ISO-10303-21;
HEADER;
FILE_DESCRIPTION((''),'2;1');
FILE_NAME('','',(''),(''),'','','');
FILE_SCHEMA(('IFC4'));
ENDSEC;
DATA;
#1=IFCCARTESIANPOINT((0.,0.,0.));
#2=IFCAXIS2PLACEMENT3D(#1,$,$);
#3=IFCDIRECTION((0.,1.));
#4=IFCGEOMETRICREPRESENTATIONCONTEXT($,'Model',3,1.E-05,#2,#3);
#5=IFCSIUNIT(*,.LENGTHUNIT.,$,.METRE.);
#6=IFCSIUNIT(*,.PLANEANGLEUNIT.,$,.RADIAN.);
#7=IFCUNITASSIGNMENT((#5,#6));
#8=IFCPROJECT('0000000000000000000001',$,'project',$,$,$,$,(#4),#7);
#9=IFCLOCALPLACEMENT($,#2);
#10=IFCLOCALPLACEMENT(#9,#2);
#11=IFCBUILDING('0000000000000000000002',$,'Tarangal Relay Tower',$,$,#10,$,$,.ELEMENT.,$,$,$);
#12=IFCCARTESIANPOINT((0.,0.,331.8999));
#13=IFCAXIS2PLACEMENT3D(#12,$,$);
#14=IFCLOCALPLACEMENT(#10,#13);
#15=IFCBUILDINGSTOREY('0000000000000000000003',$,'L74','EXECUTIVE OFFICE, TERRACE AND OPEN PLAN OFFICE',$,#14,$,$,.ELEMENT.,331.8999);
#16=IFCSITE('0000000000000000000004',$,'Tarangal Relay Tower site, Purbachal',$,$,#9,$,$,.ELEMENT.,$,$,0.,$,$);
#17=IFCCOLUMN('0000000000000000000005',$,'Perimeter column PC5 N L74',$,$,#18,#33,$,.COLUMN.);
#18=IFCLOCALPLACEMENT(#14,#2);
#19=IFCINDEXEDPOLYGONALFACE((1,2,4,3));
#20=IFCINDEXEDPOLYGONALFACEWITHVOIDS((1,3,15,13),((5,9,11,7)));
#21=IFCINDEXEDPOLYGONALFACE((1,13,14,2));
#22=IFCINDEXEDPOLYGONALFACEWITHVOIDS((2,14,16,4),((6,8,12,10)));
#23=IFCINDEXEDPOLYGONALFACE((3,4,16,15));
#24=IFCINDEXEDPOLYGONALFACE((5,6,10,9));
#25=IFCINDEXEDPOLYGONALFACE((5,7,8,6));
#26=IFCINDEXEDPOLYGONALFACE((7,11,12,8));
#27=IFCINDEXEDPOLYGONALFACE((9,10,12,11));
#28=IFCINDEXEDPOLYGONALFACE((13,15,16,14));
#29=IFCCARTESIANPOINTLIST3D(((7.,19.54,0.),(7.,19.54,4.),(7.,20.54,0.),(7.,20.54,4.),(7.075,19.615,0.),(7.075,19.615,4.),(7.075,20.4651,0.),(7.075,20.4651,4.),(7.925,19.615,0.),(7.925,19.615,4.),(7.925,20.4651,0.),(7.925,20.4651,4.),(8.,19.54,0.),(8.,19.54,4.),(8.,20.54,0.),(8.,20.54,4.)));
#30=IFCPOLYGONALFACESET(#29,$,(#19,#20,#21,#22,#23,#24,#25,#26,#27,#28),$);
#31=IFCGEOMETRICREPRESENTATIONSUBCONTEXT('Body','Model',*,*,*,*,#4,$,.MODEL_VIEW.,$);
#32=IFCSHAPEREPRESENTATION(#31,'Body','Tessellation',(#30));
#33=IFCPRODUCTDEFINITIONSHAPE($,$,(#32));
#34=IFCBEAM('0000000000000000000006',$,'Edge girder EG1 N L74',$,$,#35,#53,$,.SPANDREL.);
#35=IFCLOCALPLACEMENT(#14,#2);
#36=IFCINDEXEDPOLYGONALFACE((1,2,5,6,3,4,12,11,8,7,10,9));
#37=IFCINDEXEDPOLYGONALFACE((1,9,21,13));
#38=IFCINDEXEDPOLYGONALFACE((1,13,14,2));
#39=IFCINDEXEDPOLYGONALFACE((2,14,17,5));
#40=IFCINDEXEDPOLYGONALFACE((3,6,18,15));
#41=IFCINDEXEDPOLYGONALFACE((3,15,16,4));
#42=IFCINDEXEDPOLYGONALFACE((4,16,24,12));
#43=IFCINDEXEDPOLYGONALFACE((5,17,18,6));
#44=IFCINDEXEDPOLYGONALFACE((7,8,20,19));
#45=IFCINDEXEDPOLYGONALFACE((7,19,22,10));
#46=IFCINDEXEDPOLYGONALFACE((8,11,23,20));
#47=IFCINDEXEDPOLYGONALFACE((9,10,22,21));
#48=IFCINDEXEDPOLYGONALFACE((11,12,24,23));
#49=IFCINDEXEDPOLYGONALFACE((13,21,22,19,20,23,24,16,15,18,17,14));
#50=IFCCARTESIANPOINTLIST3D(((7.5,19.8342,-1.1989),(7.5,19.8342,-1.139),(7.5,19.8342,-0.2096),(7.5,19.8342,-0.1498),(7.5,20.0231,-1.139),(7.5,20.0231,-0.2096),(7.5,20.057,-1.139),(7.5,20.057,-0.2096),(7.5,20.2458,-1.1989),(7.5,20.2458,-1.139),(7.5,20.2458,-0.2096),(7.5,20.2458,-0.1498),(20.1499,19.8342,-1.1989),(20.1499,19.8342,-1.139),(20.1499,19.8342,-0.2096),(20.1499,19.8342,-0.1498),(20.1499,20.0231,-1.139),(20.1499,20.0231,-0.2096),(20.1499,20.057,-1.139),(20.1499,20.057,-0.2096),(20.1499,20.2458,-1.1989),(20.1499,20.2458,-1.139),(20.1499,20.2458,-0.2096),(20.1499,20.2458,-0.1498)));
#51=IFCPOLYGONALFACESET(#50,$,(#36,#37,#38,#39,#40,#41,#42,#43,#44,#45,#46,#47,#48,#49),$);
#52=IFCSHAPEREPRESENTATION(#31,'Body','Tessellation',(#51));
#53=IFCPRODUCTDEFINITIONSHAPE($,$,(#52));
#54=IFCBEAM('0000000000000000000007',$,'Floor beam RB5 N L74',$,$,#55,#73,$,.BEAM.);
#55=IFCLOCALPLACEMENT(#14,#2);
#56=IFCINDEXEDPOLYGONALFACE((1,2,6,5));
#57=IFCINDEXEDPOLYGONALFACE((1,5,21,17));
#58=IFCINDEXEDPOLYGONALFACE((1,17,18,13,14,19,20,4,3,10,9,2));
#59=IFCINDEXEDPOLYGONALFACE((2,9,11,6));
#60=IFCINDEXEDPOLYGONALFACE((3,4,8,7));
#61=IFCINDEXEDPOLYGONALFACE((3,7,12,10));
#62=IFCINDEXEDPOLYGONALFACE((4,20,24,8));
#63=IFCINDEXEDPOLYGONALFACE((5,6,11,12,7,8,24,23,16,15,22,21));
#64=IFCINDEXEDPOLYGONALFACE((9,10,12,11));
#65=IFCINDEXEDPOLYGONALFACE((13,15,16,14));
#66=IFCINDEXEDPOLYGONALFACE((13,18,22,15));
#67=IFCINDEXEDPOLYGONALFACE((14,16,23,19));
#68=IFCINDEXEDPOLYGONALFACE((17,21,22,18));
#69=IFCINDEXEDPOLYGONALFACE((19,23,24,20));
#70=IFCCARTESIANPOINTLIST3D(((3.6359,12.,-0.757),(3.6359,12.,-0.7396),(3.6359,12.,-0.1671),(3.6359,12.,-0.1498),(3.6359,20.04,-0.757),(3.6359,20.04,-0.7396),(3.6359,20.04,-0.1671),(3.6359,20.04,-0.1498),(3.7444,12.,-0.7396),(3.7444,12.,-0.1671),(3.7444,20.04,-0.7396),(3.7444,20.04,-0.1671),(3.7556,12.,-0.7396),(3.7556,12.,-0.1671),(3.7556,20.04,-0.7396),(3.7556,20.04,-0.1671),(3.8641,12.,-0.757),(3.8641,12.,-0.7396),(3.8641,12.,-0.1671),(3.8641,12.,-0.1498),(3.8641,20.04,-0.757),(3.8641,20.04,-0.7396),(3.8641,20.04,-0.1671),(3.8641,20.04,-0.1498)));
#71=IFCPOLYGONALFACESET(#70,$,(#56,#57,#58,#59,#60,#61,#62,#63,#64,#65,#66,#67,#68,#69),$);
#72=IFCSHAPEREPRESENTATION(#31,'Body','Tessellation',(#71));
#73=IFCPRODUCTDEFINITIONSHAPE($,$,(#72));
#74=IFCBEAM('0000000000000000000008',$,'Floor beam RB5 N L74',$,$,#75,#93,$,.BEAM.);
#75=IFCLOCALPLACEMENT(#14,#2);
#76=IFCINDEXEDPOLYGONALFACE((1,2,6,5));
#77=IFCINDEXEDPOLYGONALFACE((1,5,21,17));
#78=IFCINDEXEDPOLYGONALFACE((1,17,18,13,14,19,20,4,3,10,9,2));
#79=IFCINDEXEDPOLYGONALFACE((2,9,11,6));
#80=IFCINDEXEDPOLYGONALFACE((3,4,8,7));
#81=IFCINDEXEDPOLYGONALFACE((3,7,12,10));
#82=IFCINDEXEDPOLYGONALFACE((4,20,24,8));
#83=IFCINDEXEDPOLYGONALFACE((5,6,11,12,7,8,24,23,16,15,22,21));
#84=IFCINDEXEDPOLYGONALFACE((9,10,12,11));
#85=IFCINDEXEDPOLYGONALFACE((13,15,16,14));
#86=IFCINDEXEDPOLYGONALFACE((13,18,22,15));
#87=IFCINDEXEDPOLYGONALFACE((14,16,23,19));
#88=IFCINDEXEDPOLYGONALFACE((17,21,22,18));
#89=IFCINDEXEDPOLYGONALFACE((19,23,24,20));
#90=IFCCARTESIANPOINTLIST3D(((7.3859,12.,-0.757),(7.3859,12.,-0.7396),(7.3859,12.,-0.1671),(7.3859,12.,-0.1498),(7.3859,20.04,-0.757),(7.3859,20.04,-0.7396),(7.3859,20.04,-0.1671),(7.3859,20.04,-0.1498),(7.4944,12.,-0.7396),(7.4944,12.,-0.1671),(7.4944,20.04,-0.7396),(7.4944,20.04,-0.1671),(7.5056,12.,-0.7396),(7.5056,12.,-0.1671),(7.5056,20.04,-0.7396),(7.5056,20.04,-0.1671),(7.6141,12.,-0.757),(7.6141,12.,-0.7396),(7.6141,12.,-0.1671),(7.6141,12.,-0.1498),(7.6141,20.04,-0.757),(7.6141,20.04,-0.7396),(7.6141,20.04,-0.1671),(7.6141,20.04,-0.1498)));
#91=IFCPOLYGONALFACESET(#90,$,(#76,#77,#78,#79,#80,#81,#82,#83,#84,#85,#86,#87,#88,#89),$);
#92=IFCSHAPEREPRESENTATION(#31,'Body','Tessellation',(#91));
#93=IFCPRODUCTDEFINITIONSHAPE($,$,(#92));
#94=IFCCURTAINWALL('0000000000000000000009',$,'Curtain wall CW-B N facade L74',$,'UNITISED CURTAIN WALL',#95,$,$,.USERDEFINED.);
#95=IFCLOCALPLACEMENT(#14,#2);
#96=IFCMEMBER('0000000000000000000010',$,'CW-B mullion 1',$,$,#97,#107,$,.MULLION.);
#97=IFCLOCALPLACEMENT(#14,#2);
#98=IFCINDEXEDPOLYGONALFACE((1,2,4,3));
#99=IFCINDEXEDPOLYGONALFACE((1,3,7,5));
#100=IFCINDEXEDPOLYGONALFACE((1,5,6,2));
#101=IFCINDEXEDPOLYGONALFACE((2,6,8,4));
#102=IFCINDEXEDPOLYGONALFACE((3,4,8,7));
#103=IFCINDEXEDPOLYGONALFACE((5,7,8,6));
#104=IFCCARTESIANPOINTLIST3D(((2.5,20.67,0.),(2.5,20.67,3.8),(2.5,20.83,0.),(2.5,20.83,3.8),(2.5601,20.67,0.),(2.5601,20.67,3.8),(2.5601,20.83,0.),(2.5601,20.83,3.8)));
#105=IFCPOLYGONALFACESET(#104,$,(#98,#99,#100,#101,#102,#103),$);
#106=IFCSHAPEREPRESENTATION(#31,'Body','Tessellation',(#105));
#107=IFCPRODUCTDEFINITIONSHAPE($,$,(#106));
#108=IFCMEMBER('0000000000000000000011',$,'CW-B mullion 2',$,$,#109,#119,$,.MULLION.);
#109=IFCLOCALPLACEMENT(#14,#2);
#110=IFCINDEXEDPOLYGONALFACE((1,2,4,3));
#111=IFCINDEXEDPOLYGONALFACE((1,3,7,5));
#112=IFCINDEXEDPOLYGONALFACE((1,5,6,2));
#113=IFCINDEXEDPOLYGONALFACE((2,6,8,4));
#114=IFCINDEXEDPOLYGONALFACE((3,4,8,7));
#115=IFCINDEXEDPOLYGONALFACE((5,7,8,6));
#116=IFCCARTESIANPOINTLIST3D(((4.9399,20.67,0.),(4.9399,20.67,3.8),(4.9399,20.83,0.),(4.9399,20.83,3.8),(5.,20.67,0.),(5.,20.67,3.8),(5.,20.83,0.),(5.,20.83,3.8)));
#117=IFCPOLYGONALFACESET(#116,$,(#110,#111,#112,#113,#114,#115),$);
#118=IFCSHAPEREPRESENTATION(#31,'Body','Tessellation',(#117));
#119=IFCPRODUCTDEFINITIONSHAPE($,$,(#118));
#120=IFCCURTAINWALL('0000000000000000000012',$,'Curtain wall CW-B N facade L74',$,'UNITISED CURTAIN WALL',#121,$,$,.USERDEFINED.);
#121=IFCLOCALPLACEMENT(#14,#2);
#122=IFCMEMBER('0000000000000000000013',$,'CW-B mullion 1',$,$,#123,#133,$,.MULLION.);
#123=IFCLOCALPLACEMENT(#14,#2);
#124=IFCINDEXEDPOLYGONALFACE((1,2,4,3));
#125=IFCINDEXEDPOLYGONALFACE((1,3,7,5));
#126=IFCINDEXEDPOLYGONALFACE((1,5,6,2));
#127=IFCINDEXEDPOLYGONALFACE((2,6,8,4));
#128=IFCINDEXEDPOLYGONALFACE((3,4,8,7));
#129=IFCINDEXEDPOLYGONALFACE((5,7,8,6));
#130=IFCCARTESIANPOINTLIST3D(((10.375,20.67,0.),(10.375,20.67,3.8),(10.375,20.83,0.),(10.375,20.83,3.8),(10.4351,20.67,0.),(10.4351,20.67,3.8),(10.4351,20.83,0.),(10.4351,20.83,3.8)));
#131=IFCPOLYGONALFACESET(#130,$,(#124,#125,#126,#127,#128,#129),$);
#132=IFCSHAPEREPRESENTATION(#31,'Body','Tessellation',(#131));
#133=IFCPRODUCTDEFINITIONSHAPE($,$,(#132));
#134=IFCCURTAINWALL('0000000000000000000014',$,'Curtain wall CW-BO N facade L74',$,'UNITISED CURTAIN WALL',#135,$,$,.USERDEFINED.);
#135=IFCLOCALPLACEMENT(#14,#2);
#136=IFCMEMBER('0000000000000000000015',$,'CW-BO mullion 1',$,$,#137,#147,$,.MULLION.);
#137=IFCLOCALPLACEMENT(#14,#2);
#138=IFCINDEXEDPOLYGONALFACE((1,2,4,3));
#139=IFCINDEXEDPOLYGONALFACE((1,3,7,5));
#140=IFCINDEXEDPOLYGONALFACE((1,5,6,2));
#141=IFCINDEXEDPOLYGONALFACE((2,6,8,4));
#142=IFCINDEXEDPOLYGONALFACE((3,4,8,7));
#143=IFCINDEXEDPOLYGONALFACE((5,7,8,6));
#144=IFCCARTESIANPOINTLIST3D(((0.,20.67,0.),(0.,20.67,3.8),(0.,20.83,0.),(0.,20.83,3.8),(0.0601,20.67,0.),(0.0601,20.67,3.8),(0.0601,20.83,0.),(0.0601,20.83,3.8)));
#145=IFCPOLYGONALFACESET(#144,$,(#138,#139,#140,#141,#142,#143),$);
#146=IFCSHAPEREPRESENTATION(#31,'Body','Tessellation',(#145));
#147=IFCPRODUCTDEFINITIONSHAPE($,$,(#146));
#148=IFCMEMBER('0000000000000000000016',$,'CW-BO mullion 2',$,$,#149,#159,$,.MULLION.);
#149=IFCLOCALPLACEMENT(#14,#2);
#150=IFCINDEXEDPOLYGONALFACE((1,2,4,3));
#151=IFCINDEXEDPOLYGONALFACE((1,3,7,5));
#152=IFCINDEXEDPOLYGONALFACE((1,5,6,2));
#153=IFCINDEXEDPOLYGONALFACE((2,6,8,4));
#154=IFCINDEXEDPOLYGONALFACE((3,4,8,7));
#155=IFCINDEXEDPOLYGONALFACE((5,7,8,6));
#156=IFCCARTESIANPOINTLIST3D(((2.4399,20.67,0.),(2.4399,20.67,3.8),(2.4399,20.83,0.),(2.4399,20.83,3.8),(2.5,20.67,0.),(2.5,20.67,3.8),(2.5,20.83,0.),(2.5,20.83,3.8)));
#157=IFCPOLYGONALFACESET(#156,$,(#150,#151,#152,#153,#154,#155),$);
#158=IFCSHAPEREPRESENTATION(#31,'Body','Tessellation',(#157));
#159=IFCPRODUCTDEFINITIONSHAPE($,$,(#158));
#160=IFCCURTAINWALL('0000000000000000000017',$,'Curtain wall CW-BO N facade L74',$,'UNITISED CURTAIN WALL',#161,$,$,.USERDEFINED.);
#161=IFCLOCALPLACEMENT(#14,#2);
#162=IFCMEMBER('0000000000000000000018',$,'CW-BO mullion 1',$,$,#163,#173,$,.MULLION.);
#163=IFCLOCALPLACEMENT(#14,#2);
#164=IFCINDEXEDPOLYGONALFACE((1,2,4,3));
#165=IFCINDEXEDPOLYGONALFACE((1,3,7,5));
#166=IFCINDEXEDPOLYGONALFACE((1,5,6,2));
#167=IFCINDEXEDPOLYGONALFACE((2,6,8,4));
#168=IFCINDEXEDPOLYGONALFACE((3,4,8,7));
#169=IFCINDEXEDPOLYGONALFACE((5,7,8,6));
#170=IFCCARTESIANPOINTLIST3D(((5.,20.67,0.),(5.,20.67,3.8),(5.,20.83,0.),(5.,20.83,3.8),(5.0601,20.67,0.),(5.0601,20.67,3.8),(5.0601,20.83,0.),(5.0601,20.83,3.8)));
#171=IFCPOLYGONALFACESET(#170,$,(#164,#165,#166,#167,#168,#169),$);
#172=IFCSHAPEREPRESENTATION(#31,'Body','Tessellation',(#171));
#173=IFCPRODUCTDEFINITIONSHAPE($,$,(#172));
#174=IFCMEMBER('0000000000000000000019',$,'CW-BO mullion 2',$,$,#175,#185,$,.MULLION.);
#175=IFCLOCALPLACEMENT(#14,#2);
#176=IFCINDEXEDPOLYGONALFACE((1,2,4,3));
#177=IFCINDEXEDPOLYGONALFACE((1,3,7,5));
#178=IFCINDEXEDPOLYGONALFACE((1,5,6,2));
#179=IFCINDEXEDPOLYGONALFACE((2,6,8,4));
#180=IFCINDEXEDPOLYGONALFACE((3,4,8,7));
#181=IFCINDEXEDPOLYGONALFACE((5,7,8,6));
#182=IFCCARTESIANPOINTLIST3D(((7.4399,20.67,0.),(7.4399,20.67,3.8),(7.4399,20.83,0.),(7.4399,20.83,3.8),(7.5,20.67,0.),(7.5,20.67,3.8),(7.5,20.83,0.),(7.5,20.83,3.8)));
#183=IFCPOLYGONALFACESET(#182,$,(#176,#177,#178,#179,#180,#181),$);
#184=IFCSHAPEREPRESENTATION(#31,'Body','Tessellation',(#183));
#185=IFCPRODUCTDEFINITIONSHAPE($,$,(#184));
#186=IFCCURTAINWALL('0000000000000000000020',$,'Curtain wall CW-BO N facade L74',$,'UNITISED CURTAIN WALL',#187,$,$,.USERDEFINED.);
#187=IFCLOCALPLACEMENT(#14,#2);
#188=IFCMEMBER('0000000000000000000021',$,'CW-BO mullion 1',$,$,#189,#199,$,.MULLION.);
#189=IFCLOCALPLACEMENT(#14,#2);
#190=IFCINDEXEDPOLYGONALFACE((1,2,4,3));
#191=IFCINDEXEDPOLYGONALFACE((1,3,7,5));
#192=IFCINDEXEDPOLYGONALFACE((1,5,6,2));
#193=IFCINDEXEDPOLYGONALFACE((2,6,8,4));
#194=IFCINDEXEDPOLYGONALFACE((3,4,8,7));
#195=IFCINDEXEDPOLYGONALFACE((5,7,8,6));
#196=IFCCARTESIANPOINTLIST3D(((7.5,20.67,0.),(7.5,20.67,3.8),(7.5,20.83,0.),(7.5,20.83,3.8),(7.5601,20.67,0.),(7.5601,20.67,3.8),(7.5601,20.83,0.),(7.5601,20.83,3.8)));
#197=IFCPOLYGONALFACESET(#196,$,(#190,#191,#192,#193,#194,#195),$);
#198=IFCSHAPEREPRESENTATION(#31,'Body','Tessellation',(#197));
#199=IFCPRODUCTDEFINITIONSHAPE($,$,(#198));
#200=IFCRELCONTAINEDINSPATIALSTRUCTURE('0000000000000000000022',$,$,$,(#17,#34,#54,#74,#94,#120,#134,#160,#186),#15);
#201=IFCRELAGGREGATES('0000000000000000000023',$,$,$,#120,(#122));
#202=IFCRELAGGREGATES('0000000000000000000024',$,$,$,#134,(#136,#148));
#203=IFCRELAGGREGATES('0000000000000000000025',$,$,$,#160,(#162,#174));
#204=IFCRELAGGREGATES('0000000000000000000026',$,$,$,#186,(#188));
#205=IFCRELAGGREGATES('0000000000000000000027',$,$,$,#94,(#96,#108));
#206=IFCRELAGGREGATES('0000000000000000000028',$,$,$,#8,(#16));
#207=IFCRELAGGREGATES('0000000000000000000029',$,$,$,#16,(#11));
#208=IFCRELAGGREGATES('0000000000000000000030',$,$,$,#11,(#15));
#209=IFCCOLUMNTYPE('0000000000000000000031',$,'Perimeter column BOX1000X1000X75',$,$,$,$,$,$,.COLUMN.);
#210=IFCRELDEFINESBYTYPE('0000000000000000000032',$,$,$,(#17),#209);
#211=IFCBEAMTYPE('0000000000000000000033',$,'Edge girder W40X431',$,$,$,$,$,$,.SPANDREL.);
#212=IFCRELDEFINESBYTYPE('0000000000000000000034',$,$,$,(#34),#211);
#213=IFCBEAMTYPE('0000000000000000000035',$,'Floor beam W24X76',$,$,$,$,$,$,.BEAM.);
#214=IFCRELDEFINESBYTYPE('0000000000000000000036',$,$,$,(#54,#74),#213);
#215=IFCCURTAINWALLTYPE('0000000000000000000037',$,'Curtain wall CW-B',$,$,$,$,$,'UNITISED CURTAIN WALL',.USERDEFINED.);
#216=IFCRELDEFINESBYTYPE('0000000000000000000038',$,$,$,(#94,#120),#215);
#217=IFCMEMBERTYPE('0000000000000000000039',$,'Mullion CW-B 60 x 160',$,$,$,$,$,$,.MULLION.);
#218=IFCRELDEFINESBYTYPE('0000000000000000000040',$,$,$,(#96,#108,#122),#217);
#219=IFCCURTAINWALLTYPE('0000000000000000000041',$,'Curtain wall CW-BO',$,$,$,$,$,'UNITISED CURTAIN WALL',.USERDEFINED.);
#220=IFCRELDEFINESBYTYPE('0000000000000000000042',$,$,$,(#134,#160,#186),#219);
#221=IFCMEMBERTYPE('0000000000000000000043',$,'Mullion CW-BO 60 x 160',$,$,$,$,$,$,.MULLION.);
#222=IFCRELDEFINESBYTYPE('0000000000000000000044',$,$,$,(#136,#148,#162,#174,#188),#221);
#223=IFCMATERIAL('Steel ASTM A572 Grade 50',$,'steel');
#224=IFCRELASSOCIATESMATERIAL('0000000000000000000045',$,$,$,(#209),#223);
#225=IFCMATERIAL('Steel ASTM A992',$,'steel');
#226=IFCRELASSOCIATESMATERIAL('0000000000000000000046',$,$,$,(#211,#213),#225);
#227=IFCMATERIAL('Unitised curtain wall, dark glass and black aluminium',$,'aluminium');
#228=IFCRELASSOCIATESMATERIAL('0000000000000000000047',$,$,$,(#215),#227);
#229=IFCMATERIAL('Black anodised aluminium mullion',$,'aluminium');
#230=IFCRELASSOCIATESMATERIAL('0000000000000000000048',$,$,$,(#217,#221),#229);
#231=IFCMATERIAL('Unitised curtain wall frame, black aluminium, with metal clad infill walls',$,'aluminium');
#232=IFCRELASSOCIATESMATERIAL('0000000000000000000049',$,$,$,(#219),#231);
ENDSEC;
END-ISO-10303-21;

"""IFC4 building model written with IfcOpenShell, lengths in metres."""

from ifc_helpers import new_model, si_unit, direction, frame, origin, origin_2d, place, context, subcontext, project, spatial, rectangle, hollow_rectangle, i_section, extrude, material, material_profile, profile_set, type_object, element, aggregate, save


model = new_model("IFC4")

# Units and contexts
model_context = context("Model", 3, precision=1e-05, world=origin(), true_north=direction((0.0, 1.0)))
body_context = subcontext(model_context, "Body", "Model", "MODEL_VIEW")
ifc_project = project(units=[si_unit("LENGTHUNIT", "METRE"), si_unit("PLANEANGLEUNIT", "RADIAN")], contexts=[model_context])

# Site, building, storey
site_placement = place(None, origin())
site = spatial("IfcSite", under=ifc_project, at=site_placement, Name="Tarangal Relay Tower site, Purbachal", CompositionType="ELEMENT", RefElevation=0.0)
building_placement = place(site_placement, origin())
building = spatial("IfcBuilding", under=site, at=building_placement, Name="Tarangal Relay Tower", CompositionType="ELEMENT")
storey_placement = place(building_placement, frame((0.0, 0.0, 331.8999)))
storey = spatial("IfcBuildingStorey", under=building, at=storey_placement, Name="L74", Description="EXECUTIVE OFFICE, TERRACE AND OPEN PLAN OFFICE", CompositionType="ELEMENT", Elevation=331.8999)

# Column
ifc_material_1 = material(Name="Steel ASTM A572 Grade 50", Category="steel")
ifc_material_profile_1 = material_profile(ifc_material_1, hollow_rectangle(XDim=1.0, YDim=1.0, WallThickness=0.075, at=origin_2d()), Name="BOX1000X1000X75")
ifc_profile_set_1 = profile_set([ifc_material_profile_1], Name="Steel ASTM A572 Grade 50")
column_type = type_object("IfcColumnType", Name="Perimeter column BOX1000X1000X75", PredefinedType="COLUMN", material=ifc_profile_set_1)
column_placement = place(storey_placement, frame((7.5, 20.04, 0.0), z_axis=(0.0, 0.0, 1.0), x_axis=(1.0, 0.0, 0.0)))
element("IfcColumn", 1, at=column_placement, inside=storey, type_object=column_type, Name="Perimeter column PC5 N L74", PredefinedType="COLUMN", context=body_context, shape_type="SweptSolid", body=[
    extrude(hollow_rectangle(XDim=1.0, YDim=1.0, WallThickness=0.075, at=origin_2d()), origin(), (0.0, 0.0, 1.0), 4.0),
])

# Beams
ifc_material_2 = material(Name="Steel ASTM A992", Category="steel")
ifc_material_profile_2 = material_profile(ifc_material_2, i_section(OverallWidth=0.4116, OverallDepth=1.0491, WebThickness=0.0339, FlangeThickness=0.0598, at=origin_2d()), Name="W40X431")
ifc_profile_set_2 = profile_set([ifc_material_profile_2], Name="Steel ASTM A992")
beam_type_1 = type_object("IfcBeamType", Name="Edge girder W40X431", PredefinedType="SPANDREL", material=ifc_profile_set_2)
beam_placement = place(storey_placement, frame((7.5, 20.04, -0.6743), z_axis=(1.0, 0.0, 0.0), x_axis=(0.0, 1.0, 0.0)))
element("IfcBeam", 2, at=beam_placement, inside=storey, type_object=beam_type_1, Name="Edge girder EG1 N L74", PredefinedType="SPANDREL", context=body_context, shape_type="SweptSolid", body=[
    extrude(i_section(OverallWidth=0.4116, OverallDepth=1.0491, WebThickness=0.0339, FlangeThickness=0.0598, at=origin_2d()), origin(), (0.0, 0.0, 1.0), 12.6499),
])
ifc_material_profile_3 = material_profile(ifc_material_2, i_section(OverallWidth=0.2283, OverallDepth=0.6072, WebThickness=0.0112, FlangeThickness=0.0173, at=origin_2d()), Name="W24X76")
ifc_profile_set_3 = profile_set([ifc_material_profile_3], Name="Steel ASTM A992")
beam_type_2 = type_object("IfcBeamType", Name="Floor beam W24X76", PredefinedType="BEAM", material=ifc_profile_set_3)
for number, where, z_axis, x_axis, name in (
    (3, (3.75, 12.0, -0.4534), (0.0, 1.0, 0.0), (-1.0, 0.0, 0.0), "Floor beam RB5 N L74"),
    (4, (7.5, 12.0, -0.4534), (0.0, 1.0, 0.0), (-1.0, 0.0, 0.0), "Floor beam RB5 N L74"),
):
    element("IfcBeam", number, at=place(storey_placement, frame(where, z_axis=z_axis, x_axis=x_axis)), inside=storey, type_object=beam_type_2, Name=name, PredefinedType="BEAM", context=body_context, shape_type="SweptSolid", body=[
        extrude(i_section(OverallWidth=0.2283, OverallDepth=0.6072, WebThickness=0.0112, FlangeThickness=0.0173, at=origin_2d()), origin(), (0.0, 0.0, 1.0), 8.04),
    ])

# Curtain wall, members
ifc_material_3 = material(Name="Unitised curtain wall, dark glass and black aluminium", Category="aluminium")
curtain_wall_type_1 = type_object("IfcCurtainWallType", Name="Curtain wall CW-B", ElementType="UNITISED CURTAIN WALL", PredefinedType="USERDEFINED", material=ifc_material_3)
curtain_wall_1_placement = place(storey_placement, origin())
curtain_wall_1 = element("IfcCurtainWall", 5, at=curtain_wall_1_placement, inside=storey, type_object=curtain_wall_type_1, Name="Curtain wall CW-B N facade L74", ObjectType="UNITISED CURTAIN WALL", PredefinedType="USERDEFINED")
ifc_material_4 = material(Name="Black anodised aluminium mullion", Category="aluminium")
ifc_material_profile_4 = material_profile(ifc_material_4, rectangle(XDim=0.1599, YDim=0.0601, at=origin_2d()), Name="CW-BM 60X160")
ifc_profile_set_4 = profile_set([ifc_material_profile_4], Name="Black anodised aluminium mullion")
member_type_1 = type_object("IfcMemberType", Name="Mullion CW-B 60 x 160", PredefinedType="MULLION", material=ifc_profile_set_4)
member_1_placement = place(storey_placement, frame((2.53, 20.75, 0.0), z_axis=(0.0, 0.0, 1.0), x_axis=(0.0, 1.0, 0.0)))
member_1 = element("IfcMember", 6, at=member_1_placement, type_object=member_type_1, Name="CW-B mullion 1", PredefinedType="MULLION", context=body_context, shape_type="SweptSolid", body=[
    extrude(rectangle(XDim=0.1599, YDim=0.0601, at=origin_2d()), origin(), (0.0, 0.0, 1.0), 3.8),
])
member_2_placement = place(storey_placement, frame((4.97, 20.75, 0.0), z_axis=(0.0, 0.0, 1.0), x_axis=(0.0, 1.0, 0.0)))
member_2 = element("IfcMember", 7, at=member_2_placement, type_object=member_type_1, Name="CW-B mullion 2", PredefinedType="MULLION", context=body_context, shape_type="SweptSolid", body=[
    extrude(rectangle(XDim=0.1599, YDim=0.0601, at=origin_2d()), origin(), (0.0, 0.0, 1.0), 3.8),
])

# Curtain wall, member
curtain_wall_2_placement = place(storey_placement, origin())
curtain_wall_2 = element("IfcCurtainWall", 8, at=curtain_wall_2_placement, inside=storey, type_object=curtain_wall_type_1, Name="Curtain wall CW-B N facade L74", ObjectType="UNITISED CURTAIN WALL", PredefinedType="USERDEFINED")
member_3_placement = place(storey_placement, frame((10.405, 20.75, 0.0), z_axis=(0.0, 0.0, 1.0), x_axis=(0.0, 1.0, 0.0)))
member_3 = element("IfcMember", 9, at=member_3_placement, type_object=member_type_1, Name="CW-B mullion 1", PredefinedType="MULLION", context=body_context, shape_type="SweptSolid", body=[
    extrude(rectangle(XDim=0.1599, YDim=0.0601, at=origin_2d()), origin(), (0.0, 0.0, 1.0), 3.8),
])

# Curtain walls, members
ifc_material_5 = material(Name="Unitised curtain wall frame, black aluminium, with metal clad infill walls", Category="aluminium")
curtain_wall_type_2 = type_object("IfcCurtainWallType", Name="Curtain wall CW-BO", ElementType="UNITISED CURTAIN WALL", PredefinedType="USERDEFINED", material=ifc_material_5)
curtain_wall_3_placement = place(storey_placement, origin())
curtain_wall_3 = element("IfcCurtainWall", 10, at=curtain_wall_3_placement, inside=storey, type_object=curtain_wall_type_2, Name="Curtain wall CW-BO N facade L74", ObjectType="UNITISED CURTAIN WALL", PredefinedType="USERDEFINED")
ifc_material_profile_5 = material_profile(ifc_material_4, rectangle(XDim=0.1599, YDim=0.0601, at=origin_2d()), Name="CW-BOM 60X160")
ifc_profile_set_5 = profile_set([ifc_material_profile_5], Name="Black anodised aluminium mullion")
member_type_2 = type_object("IfcMemberType", Name="Mullion CW-BO 60 x 160", PredefinedType="MULLION", material=ifc_profile_set_5)
member_4_placement = place(storey_placement, frame((0.03, 20.75, 0.0), z_axis=(0.0, 0.0, 1.0), x_axis=(0.0, 1.0, 0.0)))
member_4 = element("IfcMember", 11, at=member_4_placement, type_object=member_type_2, Name="CW-BO mullion 1", PredefinedType="MULLION", context=body_context, shape_type="SweptSolid", body=[
    extrude(rectangle(XDim=0.1599, YDim=0.0601, at=origin_2d()), origin(), (0.0, 0.0, 1.0), 3.8),
])
member_5_placement = place(storey_placement, frame((2.47, 20.75, 0.0), z_axis=(0.0, 0.0, 1.0), x_axis=(0.0, 1.0, 0.0)))
member_5 = element("IfcMember", 12, at=member_5_placement, type_object=member_type_2, Name="CW-BO mullion 2", PredefinedType="MULLION", context=body_context, shape_type="SweptSolid", body=[
    extrude(rectangle(XDim=0.1599, YDim=0.0601, at=origin_2d()), origin(), (0.0, 0.0, 1.0), 3.8),
])
curtain_wall_4_placement = place(storey_placement, origin())
curtain_wall_4 = element("IfcCurtainWall", 13, at=curtain_wall_4_placement, inside=storey, type_object=curtain_wall_type_2, Name="Curtain wall CW-BO N facade L74", ObjectType="UNITISED CURTAIN WALL", PredefinedType="USERDEFINED")
member_6_placement = place(storey_placement, frame((5.03, 20.75, 0.0), z_axis=(0.0, 0.0, 1.0), x_axis=(0.0, 1.0, 0.0)))
member_6 = element("IfcMember", 14, at=member_6_placement, type_object=member_type_2, Name="CW-BO mullion 1", PredefinedType="MULLION", context=body_context, shape_type="SweptSolid", body=[
    extrude(rectangle(XDim=0.1599, YDim=0.0601, at=origin_2d()), origin(), (0.0, 0.0, 1.0), 3.8),
])
member_7_placement = place(storey_placement, frame((7.47, 20.75, 0.0), z_axis=(0.0, 0.0, 1.0), x_axis=(0.0, 1.0, 0.0)))
member_7 = element("IfcMember", 15, at=member_7_placement, type_object=member_type_2, Name="CW-BO mullion 2", PredefinedType="MULLION", context=body_context, shape_type="SweptSolid", body=[
    extrude(rectangle(XDim=0.1599, YDim=0.0601, at=origin_2d()), origin(), (0.0, 0.0, 1.0), 3.8),
])
curtain_wall_5_placement = place(storey_placement, origin())
curtain_wall_5 = element("IfcCurtainWall", 16, at=curtain_wall_5_placement, inside=storey, type_object=curtain_wall_type_2, Name="Curtain wall CW-BO N facade L74", ObjectType="UNITISED CURTAIN WALL", PredefinedType="USERDEFINED")
member_8_placement = place(storey_placement, frame((7.53, 20.75, 0.0), z_axis=(0.0, 0.0, 1.0), x_axis=(0.0, 1.0, 0.0)))
member_8 = element("IfcMember", 17, at=member_8_placement, type_object=member_type_2, Name="CW-BO mullion 1", PredefinedType="MULLION", context=body_context, shape_type="SweptSolid", body=[
    extrude(rectangle(XDim=0.1599, YDim=0.0601, at=origin_2d()), origin(), (0.0, 0.0, 1.0), 3.8),
])

aggregate(curtain_wall_2, [member_3])
aggregate(curtain_wall_3, [member_4, member_5])
aggregate(curtain_wall_4, [member_6, member_7])
aggregate(curtain_wall_5, [member_8])

aggregate(curtain_wall_1, [member_1, member_2])

save(model, "model.ifc")
